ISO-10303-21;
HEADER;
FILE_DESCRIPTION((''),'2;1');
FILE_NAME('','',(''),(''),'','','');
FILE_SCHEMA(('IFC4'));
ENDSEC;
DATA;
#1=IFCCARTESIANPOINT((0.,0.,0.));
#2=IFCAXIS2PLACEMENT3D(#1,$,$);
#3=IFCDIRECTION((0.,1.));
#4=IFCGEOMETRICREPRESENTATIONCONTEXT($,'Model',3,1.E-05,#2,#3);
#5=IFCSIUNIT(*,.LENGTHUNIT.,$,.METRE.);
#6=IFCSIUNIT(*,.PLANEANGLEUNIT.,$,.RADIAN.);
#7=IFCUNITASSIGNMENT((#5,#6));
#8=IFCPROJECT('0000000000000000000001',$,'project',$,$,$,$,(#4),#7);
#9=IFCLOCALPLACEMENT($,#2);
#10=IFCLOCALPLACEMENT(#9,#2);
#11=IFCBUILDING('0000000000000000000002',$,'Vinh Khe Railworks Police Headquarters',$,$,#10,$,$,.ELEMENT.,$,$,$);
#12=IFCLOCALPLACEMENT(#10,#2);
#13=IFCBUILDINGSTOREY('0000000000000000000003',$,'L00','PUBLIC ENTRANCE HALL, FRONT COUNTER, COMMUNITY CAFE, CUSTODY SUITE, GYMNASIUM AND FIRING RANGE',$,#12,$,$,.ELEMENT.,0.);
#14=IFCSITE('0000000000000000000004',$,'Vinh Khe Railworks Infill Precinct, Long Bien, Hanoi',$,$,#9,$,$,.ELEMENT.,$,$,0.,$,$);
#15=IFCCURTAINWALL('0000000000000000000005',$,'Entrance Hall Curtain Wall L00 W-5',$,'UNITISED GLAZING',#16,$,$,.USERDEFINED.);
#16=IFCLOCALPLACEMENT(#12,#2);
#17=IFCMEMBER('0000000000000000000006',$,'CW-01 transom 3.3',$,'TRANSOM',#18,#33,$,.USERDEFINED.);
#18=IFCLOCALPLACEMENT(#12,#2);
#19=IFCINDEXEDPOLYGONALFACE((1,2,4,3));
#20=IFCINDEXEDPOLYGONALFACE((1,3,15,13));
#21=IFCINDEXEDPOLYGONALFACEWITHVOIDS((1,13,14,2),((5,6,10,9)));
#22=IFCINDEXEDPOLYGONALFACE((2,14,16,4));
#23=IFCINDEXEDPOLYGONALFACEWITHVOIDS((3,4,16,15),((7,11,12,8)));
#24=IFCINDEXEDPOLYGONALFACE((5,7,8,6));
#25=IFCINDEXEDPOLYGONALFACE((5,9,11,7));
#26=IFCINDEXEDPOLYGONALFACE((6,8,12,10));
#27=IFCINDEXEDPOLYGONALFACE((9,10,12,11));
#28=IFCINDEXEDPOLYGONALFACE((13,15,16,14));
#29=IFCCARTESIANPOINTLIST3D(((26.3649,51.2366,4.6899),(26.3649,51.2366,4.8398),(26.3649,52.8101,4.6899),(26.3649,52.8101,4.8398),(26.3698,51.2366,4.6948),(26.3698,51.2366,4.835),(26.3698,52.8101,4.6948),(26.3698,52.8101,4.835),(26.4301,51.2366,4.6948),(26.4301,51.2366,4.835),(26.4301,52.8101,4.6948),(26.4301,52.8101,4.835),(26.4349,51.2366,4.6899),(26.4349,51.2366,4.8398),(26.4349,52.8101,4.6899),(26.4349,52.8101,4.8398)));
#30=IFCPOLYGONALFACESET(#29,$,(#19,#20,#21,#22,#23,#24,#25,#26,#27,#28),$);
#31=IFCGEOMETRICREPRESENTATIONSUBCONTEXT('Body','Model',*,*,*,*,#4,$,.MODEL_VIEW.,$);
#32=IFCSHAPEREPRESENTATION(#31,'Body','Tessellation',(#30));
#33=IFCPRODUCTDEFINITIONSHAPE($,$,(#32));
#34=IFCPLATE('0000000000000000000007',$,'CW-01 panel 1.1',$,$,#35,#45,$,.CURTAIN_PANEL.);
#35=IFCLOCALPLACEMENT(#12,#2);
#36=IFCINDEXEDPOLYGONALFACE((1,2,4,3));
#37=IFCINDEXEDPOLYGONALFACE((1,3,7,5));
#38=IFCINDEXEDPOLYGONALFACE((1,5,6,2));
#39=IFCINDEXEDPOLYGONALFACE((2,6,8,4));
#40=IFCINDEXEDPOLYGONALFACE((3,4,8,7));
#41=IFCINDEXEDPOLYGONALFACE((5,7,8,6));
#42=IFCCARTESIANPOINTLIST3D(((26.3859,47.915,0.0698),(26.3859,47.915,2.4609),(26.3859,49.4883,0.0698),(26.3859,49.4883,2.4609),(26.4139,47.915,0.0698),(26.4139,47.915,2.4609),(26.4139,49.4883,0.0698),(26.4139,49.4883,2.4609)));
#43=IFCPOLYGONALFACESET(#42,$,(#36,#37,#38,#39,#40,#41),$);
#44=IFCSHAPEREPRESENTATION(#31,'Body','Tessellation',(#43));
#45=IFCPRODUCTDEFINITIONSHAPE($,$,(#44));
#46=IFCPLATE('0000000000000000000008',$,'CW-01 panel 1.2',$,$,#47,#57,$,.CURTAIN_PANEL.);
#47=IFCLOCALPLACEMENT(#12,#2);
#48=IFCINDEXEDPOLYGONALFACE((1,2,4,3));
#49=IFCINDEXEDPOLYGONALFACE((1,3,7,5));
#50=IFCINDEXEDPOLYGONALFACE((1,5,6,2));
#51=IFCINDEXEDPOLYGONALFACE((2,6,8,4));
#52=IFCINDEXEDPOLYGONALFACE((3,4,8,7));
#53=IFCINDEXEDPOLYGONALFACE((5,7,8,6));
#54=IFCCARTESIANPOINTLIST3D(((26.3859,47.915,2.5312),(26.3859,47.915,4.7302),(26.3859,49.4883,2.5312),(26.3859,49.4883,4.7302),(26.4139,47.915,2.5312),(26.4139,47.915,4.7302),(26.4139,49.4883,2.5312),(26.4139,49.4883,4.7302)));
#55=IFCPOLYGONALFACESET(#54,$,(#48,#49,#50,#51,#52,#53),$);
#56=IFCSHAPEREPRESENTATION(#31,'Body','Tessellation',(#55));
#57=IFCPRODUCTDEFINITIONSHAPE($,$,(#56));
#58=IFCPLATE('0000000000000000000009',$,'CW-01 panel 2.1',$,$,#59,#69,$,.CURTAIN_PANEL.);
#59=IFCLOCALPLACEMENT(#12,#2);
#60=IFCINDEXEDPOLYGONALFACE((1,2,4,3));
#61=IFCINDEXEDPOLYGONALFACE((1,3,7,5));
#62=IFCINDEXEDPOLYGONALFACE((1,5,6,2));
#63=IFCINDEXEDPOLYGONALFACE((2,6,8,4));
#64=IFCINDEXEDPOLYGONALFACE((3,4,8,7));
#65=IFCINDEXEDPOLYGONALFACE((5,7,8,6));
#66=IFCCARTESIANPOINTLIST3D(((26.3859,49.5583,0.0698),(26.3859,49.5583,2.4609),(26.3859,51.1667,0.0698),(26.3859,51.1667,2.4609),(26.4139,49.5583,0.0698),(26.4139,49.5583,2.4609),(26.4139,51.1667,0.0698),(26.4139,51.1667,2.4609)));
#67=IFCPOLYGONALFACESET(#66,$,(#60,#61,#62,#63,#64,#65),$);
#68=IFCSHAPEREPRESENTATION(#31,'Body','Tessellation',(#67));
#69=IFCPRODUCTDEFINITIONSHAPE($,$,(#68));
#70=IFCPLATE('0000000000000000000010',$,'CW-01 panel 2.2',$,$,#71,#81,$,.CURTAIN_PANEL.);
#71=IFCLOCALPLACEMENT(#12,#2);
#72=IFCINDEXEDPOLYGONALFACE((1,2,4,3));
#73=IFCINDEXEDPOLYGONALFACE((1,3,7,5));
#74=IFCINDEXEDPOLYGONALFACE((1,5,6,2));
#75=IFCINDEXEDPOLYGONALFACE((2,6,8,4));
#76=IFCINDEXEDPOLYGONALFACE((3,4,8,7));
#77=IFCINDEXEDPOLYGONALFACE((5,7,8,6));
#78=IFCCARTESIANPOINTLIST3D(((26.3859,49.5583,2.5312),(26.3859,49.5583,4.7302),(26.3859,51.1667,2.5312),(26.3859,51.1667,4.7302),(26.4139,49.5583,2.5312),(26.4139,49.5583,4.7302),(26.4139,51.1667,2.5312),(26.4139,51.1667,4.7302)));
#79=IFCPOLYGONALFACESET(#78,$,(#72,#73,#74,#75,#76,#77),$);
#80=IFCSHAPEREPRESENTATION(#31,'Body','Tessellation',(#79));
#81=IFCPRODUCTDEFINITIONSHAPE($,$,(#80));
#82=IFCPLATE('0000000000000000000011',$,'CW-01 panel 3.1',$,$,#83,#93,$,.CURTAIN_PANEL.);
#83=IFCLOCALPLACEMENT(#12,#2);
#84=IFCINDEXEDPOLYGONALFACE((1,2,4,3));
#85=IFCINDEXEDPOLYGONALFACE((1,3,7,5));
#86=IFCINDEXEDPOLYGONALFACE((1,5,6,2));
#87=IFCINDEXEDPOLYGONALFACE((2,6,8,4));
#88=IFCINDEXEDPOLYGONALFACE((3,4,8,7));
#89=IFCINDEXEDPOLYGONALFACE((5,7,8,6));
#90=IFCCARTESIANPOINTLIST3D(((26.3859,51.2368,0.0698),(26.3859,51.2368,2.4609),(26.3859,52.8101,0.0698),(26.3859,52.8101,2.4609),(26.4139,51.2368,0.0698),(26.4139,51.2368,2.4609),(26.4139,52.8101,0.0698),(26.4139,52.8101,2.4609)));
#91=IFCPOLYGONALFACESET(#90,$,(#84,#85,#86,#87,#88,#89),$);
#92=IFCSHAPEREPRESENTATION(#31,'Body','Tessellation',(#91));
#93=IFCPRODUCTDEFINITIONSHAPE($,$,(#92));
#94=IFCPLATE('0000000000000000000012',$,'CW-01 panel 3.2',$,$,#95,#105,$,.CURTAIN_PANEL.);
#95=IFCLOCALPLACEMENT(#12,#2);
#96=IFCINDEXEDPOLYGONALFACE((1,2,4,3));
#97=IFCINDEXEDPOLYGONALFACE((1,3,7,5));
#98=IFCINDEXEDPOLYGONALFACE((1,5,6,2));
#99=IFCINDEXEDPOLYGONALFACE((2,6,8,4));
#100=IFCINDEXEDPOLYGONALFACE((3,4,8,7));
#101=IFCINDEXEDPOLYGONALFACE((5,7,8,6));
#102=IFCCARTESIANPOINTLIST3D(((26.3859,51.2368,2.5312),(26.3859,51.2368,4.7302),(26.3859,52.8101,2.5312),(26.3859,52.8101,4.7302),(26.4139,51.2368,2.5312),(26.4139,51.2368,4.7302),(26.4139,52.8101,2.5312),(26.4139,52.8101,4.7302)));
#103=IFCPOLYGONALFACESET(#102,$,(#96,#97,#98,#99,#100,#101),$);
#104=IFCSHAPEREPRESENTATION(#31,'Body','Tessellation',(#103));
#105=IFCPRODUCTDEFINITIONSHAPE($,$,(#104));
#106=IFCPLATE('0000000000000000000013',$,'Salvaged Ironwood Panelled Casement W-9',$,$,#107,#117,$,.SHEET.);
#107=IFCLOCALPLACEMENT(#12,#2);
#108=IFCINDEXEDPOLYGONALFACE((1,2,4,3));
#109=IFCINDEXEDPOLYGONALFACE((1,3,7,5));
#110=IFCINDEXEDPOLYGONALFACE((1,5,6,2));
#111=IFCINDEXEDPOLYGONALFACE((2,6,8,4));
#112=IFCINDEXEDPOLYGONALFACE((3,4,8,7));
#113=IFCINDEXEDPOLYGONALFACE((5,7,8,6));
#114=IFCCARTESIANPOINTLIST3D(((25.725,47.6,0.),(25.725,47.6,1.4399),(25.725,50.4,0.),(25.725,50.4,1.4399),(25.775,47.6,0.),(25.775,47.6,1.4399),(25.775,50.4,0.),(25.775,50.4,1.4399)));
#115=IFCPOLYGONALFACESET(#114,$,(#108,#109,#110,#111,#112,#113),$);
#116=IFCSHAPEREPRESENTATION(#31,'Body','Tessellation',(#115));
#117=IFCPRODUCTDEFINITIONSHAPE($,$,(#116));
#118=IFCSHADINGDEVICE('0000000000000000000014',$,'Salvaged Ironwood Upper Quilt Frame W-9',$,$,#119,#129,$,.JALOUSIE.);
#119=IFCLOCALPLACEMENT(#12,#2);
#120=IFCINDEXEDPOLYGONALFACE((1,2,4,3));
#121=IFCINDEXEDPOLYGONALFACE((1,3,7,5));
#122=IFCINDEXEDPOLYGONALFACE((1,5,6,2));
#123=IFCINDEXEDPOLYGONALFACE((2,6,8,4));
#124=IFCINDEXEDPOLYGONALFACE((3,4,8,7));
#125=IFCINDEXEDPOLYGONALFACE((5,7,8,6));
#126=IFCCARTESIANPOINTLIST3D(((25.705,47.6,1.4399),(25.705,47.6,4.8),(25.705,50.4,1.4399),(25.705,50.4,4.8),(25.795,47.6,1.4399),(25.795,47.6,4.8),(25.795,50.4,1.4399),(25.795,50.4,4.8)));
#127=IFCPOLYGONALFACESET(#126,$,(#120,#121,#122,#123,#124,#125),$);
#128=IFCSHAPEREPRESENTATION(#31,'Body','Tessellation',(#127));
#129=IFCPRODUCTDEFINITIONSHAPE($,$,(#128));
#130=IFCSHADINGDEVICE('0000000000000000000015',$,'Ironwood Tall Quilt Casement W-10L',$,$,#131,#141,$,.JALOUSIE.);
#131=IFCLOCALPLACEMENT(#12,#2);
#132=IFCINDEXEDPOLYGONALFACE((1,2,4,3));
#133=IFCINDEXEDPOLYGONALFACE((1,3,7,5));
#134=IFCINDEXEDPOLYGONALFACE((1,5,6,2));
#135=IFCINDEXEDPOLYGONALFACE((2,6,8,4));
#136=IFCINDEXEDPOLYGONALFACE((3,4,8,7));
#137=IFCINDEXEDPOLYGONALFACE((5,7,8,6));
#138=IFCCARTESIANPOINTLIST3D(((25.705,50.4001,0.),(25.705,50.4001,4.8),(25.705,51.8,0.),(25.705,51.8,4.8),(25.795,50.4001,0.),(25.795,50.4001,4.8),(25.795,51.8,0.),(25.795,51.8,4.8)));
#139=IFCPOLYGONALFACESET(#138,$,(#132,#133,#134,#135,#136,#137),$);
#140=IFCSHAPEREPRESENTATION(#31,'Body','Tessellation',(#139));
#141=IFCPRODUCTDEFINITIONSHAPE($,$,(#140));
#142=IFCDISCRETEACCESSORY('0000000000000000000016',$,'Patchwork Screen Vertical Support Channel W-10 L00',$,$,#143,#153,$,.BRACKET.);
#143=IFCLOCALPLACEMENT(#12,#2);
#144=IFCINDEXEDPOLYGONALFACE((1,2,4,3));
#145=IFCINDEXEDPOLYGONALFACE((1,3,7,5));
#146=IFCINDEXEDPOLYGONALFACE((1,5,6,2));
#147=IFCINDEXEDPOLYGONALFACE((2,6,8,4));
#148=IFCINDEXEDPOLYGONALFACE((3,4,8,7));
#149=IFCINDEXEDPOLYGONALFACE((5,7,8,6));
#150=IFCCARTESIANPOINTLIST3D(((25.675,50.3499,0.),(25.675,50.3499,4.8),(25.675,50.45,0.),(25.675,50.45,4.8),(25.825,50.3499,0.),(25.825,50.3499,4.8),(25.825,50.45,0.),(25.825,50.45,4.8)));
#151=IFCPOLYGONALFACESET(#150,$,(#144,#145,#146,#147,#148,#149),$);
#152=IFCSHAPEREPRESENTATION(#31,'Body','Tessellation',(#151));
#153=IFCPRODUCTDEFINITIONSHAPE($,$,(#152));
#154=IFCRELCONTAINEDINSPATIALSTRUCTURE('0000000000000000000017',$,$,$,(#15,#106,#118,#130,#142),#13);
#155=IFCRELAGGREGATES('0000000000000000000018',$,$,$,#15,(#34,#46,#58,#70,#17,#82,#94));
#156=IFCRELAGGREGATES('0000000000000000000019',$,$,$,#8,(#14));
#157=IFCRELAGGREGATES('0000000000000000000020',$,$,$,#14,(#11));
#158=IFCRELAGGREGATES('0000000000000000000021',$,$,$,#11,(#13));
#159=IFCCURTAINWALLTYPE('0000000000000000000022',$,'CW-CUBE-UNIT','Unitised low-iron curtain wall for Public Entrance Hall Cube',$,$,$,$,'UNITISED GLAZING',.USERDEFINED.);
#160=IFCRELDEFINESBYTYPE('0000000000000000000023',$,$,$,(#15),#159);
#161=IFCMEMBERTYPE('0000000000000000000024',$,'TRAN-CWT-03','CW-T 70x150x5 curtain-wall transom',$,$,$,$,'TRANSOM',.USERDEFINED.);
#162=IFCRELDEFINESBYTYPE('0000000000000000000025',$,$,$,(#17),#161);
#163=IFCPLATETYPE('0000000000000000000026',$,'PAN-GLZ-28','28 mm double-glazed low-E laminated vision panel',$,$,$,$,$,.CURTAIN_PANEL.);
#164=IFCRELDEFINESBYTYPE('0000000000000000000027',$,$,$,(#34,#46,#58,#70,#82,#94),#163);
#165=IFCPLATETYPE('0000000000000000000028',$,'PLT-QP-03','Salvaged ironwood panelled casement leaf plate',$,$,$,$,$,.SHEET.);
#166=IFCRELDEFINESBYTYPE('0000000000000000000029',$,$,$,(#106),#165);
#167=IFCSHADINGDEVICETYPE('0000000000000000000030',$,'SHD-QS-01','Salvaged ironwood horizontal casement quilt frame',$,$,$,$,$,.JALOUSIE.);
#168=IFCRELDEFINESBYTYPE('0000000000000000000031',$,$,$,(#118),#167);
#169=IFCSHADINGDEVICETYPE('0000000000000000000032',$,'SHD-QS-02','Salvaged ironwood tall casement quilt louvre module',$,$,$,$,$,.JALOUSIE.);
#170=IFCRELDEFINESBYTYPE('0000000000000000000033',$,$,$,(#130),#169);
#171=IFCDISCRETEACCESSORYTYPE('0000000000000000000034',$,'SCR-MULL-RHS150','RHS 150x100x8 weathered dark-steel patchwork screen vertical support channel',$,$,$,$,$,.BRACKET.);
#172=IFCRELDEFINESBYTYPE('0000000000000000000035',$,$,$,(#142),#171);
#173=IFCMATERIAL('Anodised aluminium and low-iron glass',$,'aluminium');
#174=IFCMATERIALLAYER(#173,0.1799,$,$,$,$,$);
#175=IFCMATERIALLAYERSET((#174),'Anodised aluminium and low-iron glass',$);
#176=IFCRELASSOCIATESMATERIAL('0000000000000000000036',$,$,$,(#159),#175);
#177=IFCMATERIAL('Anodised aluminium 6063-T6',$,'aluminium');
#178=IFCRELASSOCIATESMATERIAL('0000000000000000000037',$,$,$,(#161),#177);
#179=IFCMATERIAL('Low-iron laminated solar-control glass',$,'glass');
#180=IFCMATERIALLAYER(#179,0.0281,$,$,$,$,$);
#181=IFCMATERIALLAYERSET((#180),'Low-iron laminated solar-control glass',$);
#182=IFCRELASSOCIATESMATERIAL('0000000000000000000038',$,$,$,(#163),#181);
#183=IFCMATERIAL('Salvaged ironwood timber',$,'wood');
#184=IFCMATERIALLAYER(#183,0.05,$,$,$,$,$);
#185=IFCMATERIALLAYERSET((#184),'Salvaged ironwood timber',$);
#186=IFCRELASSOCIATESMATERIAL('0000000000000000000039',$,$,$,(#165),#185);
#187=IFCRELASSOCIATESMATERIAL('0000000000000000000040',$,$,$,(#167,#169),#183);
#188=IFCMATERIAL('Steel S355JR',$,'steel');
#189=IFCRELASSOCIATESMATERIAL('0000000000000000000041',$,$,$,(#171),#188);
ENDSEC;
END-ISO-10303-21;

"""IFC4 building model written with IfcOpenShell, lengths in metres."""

from ifc_helpers import new_model, si_unit, direction, frame, origin, origin_2d, place, context, subcontext, project, spatial, rectangle, hollow_rectangle, extrude, material, layer, layer_set, material_profile, profile_set, type_object, element, aggregate, save


model = new_model("IFC4")

# Units and contexts
model_context = context("Model", 3, precision=1e-05, world=origin(), true_north=direction((0.0, 1.0)))
body_context = subcontext(model_context, "Body", "Model", "MODEL_VIEW")
ifc_project = project(units=[si_unit("LENGTHUNIT", "METRE"), si_unit("PLANEANGLEUNIT", "RADIAN")], contexts=[model_context])

# Site, building, storey
site_placement = place(None, origin())
site = spatial("IfcSite", under=ifc_project, at=site_placement, Name="Vinh Khe Railworks Infill Precinct, Long Bien, Hanoi", CompositionType="ELEMENT", RefElevation=0.0)
building_placement = place(site_placement, origin())
building = spatial("IfcBuilding", under=site, at=building_placement, Name="Vinh Khe Railworks Police Headquarters", CompositionType="ELEMENT")
storey_placement = place(building_placement, origin())
storey = spatial("IfcBuildingStorey", under=building, at=storey_placement, Name="L00", Description="PUBLIC ENTRANCE HALL, FRONT COUNTER, COMMUNITY CAFE, CUSTODY SUITE, GYMNASIUM AND FIRING RANGE", CompositionType="ELEMENT", Elevation=0.0)

# Shared definitions
ifc_material_1 = material(Name="Steel S355JR", Category="steel")

# Shared definitions
ifc_material_2 = material(Name="Salvaged ironwood timber", Category="wood")

# Curtain wall
ifc_material_3 = material(Name="Anodised aluminium and low-iron glass", Category="aluminium")
ifc_layer_1 = layer(ifc_material_3, 0.1799)
ifc_layer_set_1 = layer_set([ifc_layer_1], Name="Anodised aluminium and low-iron glass")
curtain_wall_type = type_object("IfcCurtainWallType", Name="CW-CUBE-UNIT", Description="Unitised low-iron curtain wall for Public Entrance Hall Cube", ElementType="UNITISED GLAZING", PredefinedType="USERDEFINED", material=ifc_layer_set_1)
curtain_wall_placement = place(storey_placement, origin())
curtain_wall = element("IfcCurtainWall", 1, at=curtain_wall_placement, inside=storey, type_object=curtain_wall_type, Name="Entrance Hall Curtain Wall L00 W-5", ObjectType="UNITISED GLAZING", PredefinedType="USERDEFINED")
ifc_material_4 = material(Name="Anodised aluminium 6063-T6", Category="aluminium")

# Member
ifc_material_profile_1 = material_profile(ifc_material_4, hollow_rectangle(XDim=0.0701, YDim=0.1499, WallThickness=0.0049, at=origin_2d()), Name="CW-T 70x150x5")
ifc_profile_set_1 = profile_set([ifc_material_profile_1], Name="Anodised aluminium 6063-T6")
member_type_1 = type_object("IfcMemberType", Name="TRAN-CWT-03", Description="CW-T 70x150x5 curtain-wall transom", ElementType="TRANSOM", PredefinedType="USERDEFINED", material=ifc_profile_set_1)
member_1_placement = place(storey_placement, frame((26.3999, 51.2366, 4.7649), z_axis=(0.0, 1.0, 0.0), x_axis=(-1.0, 0.0, 0.0)))
member_1 = element("IfcMember", 2, at=member_1_placement, type_object=member_type_1, Name="CW-01 transom 3.3", ObjectType="TRANSOM", PredefinedType="USERDEFINED", context=body_context, shape_type="SweptSolid", body=[
    extrude(hollow_rectangle(XDim=0.0701, YDim=0.1499, WallThickness=0.0049, at=origin_2d()), origin(), (0.0, 0.0, 1.0), 1.5735),
])

# Plates
ifc_material_5 = material(Name="Low-iron laminated solar-control glass", Category="glass")
ifc_layer_2 = layer(ifc_material_5, 0.0281)
ifc_layer_set_2 = layer_set([ifc_layer_2], Name="Low-iron laminated solar-control glass")
plate_type_1 = type_object("IfcPlateType", Name="PAN-GLZ-28", Description="28 mm double-glazed low-E laminated vision panel", PredefinedType="CURTAIN_PANEL", material=ifc_layer_set_2)
plate_1_placement = place(storey_placement, frame((26.3999, 48.7017, 0.0698), z_axis=(0.0, 0.0, 1.0), x_axis=(0.0, 1.0, 0.0)))
plate_1 = element("IfcPlate", 3, at=plate_1_placement, type_object=plate_type_1, Name="CW-01 panel 1.1", PredefinedType="CURTAIN_PANEL", context=body_context, shape_type="SweptSolid", body=[
    extrude(rectangle(XDim=1.5732, YDim=0.0281, at=origin_2d()), origin(), (0.0, 0.0, 1.0), 2.3911),
])
plate_2_placement = place(storey_placement, frame((26.3999, 48.7017, 2.5312), z_axis=(0.0, 0.0, 1.0), x_axis=(0.0, 1.0, 0.0)))
plate_2 = element("IfcPlate", 4, at=plate_2_placement, type_object=plate_type_1, Name="CW-01 panel 1.2", PredefinedType="CURTAIN_PANEL", context=body_context, shape_type="SweptSolid", body=[
    extrude(rectangle(XDim=1.5732, YDim=0.0281, at=origin_2d()), origin(), (0.0, 0.0, 1.0), 2.199),
])
plate_3_placement = place(storey_placement, frame((26.3999, 50.3625, 0.0698), z_axis=(0.0, 0.0, 1.0), x_axis=(0.0, 1.0, 0.0)))
plate_3 = element("IfcPlate", 5, at=plate_3_placement, type_object=plate_type_1, Name="CW-01 panel 2.1", PredefinedType="CURTAIN_PANEL", context=body_context, shape_type="SweptSolid", body=[
    extrude(rectangle(XDim=1.6084, YDim=0.0281, at=origin_2d()), origin(), (0.0, 0.0, 1.0), 2.3911),
])
plate_4_placement = place(storey_placement, frame((26.3999, 50.3625, 2.5312), z_axis=(0.0, 0.0, 1.0), x_axis=(0.0, 1.0, 0.0)))
plate_4 = element("IfcPlate", 6, at=plate_4_placement, type_object=plate_type_1, Name="CW-01 panel 2.2", PredefinedType="CURTAIN_PANEL", context=body_context, shape_type="SweptSolid", body=[
    extrude(rectangle(XDim=1.6084, YDim=0.0281, at=origin_2d()), origin(), (0.0, 0.0, 1.0), 2.199),
])
plate_5_placement = place(storey_placement, frame((26.3999, 52.0234, 0.0698), z_axis=(0.0, 0.0, 1.0), x_axis=(0.0, 1.0, 0.0)))
plate_5 = element("IfcPlate", 7, at=plate_5_placement, type_object=plate_type_1, Name="CW-01 panel 3.1", PredefinedType="CURTAIN_PANEL", context=body_context, shape_type="SweptSolid", body=[
    extrude(rectangle(XDim=1.5732, YDim=0.0281, at=origin_2d()), origin(), (0.0, 0.0, 1.0), 2.3911),
])
plate_6_placement = place(storey_placement, frame((26.3999, 52.0234, 2.5312), z_axis=(0.0, 0.0, 1.0), x_axis=(0.0, 1.0, 0.0)))
plate_6 = element("IfcPlate", 8, at=plate_6_placement, type_object=plate_type_1, Name="CW-01 panel 3.2", PredefinedType="CURTAIN_PANEL", context=body_context, shape_type="SweptSolid", body=[
    extrude(rectangle(XDim=1.5732, YDim=0.0281, at=origin_2d()), origin(), (0.0, 0.0, 1.0), 2.199),
])
aggregate(curtain_wall, [plate_1, plate_2, plate_3, plate_4, member_1, plate_5, plate_6])
ifc_layer_3 = layer(ifc_material_2, 0.05)
ifc_layer_set_3 = layer_set([ifc_layer_3], Name="Salvaged ironwood timber")
plate_type_2 = type_object("IfcPlateType", Name="PLT-QP-03", Description="Salvaged ironwood panelled casement leaf plate", PredefinedType="SHEET", material=ifc_layer_set_3)
plate_7_placement = place(storey_placement, frame((25.75, 49.0, 0.0), z_axis=(0.0, 0.0, 1.0), x_axis=(0.0, 1.0, 0.0)))
element("IfcPlate", 9, at=plate_7_placement, inside=storey, type_object=plate_type_2, Name="Salvaged Ironwood Panelled Casement W-9", PredefinedType="SHEET", context=body_context, shape_type="SweptSolid", body=[
    extrude(rectangle(XDim=2.8, YDim=0.05, at=origin_2d()), origin(), (0.0, 0.0, 1.0), 1.4399),
])

# Shading devices
shading_device_type_1 = type_object("IfcShadingDeviceType", Name="SHD-QS-01", Description="Salvaged ironwood horizontal casement quilt frame", PredefinedType="JALOUSIE", material=ifc_material_2)
shading_device_1_placement = place(storey_placement, frame((25.75, 49.0, 1.4399), z_axis=(0.0, 0.0, 1.0), x_axis=(0.0, 1.0, 0.0)))
element("IfcShadingDevice", 10, at=shading_device_1_placement, inside=storey, type_object=shading_device_type_1, Name="Salvaged Ironwood Upper Quilt Frame W-9", PredefinedType="JALOUSIE", context=body_context, shape_type="SweptSolid", body=[
    extrude(rectangle(XDim=2.8, YDim=0.0901, at=origin_2d()), origin(), (0.0, 0.0, 1.0), 3.3601),
])
shading_device_type_2 = type_object("IfcShadingDeviceType", Name="SHD-QS-02", Description="Salvaged ironwood tall casement quilt louvre module", PredefinedType="JALOUSIE", material=ifc_material_2)
shading_device_2_placement = place(storey_placement, frame((25.75, 51.1001, 0.0), z_axis=(0.0, 0.0, 1.0), x_axis=(0.0, 1.0, 0.0)))
element("IfcShadingDevice", 11, at=shading_device_2_placement, inside=storey, type_object=shading_device_type_2, Name="Ironwood Tall Quilt Casement W-10L", PredefinedType="JALOUSIE", context=body_context, shape_type="SweptSolid", body=[
    extrude(rectangle(XDim=1.3999, YDim=0.0901, at=origin_2d()), origin(), (0.0, 0.0, 1.0), 4.8),
])

# Discrete accessory
discrete_accessory_type = type_object("IfcDiscreteAccessoryType", Name="SCR-MULL-RHS150", Description="RHS 150x100x8 weathered dark-steel patchwork screen vertical support channel", PredefinedType="BRACKET", material=ifc_material_1)
discrete_accessory_placement = place(storey_placement, frame((25.75, 50.3999, 0.0), z_axis=(0.0, 0.0, 1.0), x_axis=(1.0, 0.0, 0.0)))
element("IfcDiscreteAccessory", 12, at=discrete_accessory_placement, inside=storey, type_object=discrete_accessory_type, Name="Patchwork Screen Vertical Support Channel W-10 L00", PredefinedType="BRACKET", context=body_context, shape_type="SweptSolid", body=[
    extrude(rectangle(XDim=0.1499, YDim=0.1001, at=origin_2d()), origin(), (0.0, 0.0, 1.0), 4.8),
])

save(model, "model.ifc")
